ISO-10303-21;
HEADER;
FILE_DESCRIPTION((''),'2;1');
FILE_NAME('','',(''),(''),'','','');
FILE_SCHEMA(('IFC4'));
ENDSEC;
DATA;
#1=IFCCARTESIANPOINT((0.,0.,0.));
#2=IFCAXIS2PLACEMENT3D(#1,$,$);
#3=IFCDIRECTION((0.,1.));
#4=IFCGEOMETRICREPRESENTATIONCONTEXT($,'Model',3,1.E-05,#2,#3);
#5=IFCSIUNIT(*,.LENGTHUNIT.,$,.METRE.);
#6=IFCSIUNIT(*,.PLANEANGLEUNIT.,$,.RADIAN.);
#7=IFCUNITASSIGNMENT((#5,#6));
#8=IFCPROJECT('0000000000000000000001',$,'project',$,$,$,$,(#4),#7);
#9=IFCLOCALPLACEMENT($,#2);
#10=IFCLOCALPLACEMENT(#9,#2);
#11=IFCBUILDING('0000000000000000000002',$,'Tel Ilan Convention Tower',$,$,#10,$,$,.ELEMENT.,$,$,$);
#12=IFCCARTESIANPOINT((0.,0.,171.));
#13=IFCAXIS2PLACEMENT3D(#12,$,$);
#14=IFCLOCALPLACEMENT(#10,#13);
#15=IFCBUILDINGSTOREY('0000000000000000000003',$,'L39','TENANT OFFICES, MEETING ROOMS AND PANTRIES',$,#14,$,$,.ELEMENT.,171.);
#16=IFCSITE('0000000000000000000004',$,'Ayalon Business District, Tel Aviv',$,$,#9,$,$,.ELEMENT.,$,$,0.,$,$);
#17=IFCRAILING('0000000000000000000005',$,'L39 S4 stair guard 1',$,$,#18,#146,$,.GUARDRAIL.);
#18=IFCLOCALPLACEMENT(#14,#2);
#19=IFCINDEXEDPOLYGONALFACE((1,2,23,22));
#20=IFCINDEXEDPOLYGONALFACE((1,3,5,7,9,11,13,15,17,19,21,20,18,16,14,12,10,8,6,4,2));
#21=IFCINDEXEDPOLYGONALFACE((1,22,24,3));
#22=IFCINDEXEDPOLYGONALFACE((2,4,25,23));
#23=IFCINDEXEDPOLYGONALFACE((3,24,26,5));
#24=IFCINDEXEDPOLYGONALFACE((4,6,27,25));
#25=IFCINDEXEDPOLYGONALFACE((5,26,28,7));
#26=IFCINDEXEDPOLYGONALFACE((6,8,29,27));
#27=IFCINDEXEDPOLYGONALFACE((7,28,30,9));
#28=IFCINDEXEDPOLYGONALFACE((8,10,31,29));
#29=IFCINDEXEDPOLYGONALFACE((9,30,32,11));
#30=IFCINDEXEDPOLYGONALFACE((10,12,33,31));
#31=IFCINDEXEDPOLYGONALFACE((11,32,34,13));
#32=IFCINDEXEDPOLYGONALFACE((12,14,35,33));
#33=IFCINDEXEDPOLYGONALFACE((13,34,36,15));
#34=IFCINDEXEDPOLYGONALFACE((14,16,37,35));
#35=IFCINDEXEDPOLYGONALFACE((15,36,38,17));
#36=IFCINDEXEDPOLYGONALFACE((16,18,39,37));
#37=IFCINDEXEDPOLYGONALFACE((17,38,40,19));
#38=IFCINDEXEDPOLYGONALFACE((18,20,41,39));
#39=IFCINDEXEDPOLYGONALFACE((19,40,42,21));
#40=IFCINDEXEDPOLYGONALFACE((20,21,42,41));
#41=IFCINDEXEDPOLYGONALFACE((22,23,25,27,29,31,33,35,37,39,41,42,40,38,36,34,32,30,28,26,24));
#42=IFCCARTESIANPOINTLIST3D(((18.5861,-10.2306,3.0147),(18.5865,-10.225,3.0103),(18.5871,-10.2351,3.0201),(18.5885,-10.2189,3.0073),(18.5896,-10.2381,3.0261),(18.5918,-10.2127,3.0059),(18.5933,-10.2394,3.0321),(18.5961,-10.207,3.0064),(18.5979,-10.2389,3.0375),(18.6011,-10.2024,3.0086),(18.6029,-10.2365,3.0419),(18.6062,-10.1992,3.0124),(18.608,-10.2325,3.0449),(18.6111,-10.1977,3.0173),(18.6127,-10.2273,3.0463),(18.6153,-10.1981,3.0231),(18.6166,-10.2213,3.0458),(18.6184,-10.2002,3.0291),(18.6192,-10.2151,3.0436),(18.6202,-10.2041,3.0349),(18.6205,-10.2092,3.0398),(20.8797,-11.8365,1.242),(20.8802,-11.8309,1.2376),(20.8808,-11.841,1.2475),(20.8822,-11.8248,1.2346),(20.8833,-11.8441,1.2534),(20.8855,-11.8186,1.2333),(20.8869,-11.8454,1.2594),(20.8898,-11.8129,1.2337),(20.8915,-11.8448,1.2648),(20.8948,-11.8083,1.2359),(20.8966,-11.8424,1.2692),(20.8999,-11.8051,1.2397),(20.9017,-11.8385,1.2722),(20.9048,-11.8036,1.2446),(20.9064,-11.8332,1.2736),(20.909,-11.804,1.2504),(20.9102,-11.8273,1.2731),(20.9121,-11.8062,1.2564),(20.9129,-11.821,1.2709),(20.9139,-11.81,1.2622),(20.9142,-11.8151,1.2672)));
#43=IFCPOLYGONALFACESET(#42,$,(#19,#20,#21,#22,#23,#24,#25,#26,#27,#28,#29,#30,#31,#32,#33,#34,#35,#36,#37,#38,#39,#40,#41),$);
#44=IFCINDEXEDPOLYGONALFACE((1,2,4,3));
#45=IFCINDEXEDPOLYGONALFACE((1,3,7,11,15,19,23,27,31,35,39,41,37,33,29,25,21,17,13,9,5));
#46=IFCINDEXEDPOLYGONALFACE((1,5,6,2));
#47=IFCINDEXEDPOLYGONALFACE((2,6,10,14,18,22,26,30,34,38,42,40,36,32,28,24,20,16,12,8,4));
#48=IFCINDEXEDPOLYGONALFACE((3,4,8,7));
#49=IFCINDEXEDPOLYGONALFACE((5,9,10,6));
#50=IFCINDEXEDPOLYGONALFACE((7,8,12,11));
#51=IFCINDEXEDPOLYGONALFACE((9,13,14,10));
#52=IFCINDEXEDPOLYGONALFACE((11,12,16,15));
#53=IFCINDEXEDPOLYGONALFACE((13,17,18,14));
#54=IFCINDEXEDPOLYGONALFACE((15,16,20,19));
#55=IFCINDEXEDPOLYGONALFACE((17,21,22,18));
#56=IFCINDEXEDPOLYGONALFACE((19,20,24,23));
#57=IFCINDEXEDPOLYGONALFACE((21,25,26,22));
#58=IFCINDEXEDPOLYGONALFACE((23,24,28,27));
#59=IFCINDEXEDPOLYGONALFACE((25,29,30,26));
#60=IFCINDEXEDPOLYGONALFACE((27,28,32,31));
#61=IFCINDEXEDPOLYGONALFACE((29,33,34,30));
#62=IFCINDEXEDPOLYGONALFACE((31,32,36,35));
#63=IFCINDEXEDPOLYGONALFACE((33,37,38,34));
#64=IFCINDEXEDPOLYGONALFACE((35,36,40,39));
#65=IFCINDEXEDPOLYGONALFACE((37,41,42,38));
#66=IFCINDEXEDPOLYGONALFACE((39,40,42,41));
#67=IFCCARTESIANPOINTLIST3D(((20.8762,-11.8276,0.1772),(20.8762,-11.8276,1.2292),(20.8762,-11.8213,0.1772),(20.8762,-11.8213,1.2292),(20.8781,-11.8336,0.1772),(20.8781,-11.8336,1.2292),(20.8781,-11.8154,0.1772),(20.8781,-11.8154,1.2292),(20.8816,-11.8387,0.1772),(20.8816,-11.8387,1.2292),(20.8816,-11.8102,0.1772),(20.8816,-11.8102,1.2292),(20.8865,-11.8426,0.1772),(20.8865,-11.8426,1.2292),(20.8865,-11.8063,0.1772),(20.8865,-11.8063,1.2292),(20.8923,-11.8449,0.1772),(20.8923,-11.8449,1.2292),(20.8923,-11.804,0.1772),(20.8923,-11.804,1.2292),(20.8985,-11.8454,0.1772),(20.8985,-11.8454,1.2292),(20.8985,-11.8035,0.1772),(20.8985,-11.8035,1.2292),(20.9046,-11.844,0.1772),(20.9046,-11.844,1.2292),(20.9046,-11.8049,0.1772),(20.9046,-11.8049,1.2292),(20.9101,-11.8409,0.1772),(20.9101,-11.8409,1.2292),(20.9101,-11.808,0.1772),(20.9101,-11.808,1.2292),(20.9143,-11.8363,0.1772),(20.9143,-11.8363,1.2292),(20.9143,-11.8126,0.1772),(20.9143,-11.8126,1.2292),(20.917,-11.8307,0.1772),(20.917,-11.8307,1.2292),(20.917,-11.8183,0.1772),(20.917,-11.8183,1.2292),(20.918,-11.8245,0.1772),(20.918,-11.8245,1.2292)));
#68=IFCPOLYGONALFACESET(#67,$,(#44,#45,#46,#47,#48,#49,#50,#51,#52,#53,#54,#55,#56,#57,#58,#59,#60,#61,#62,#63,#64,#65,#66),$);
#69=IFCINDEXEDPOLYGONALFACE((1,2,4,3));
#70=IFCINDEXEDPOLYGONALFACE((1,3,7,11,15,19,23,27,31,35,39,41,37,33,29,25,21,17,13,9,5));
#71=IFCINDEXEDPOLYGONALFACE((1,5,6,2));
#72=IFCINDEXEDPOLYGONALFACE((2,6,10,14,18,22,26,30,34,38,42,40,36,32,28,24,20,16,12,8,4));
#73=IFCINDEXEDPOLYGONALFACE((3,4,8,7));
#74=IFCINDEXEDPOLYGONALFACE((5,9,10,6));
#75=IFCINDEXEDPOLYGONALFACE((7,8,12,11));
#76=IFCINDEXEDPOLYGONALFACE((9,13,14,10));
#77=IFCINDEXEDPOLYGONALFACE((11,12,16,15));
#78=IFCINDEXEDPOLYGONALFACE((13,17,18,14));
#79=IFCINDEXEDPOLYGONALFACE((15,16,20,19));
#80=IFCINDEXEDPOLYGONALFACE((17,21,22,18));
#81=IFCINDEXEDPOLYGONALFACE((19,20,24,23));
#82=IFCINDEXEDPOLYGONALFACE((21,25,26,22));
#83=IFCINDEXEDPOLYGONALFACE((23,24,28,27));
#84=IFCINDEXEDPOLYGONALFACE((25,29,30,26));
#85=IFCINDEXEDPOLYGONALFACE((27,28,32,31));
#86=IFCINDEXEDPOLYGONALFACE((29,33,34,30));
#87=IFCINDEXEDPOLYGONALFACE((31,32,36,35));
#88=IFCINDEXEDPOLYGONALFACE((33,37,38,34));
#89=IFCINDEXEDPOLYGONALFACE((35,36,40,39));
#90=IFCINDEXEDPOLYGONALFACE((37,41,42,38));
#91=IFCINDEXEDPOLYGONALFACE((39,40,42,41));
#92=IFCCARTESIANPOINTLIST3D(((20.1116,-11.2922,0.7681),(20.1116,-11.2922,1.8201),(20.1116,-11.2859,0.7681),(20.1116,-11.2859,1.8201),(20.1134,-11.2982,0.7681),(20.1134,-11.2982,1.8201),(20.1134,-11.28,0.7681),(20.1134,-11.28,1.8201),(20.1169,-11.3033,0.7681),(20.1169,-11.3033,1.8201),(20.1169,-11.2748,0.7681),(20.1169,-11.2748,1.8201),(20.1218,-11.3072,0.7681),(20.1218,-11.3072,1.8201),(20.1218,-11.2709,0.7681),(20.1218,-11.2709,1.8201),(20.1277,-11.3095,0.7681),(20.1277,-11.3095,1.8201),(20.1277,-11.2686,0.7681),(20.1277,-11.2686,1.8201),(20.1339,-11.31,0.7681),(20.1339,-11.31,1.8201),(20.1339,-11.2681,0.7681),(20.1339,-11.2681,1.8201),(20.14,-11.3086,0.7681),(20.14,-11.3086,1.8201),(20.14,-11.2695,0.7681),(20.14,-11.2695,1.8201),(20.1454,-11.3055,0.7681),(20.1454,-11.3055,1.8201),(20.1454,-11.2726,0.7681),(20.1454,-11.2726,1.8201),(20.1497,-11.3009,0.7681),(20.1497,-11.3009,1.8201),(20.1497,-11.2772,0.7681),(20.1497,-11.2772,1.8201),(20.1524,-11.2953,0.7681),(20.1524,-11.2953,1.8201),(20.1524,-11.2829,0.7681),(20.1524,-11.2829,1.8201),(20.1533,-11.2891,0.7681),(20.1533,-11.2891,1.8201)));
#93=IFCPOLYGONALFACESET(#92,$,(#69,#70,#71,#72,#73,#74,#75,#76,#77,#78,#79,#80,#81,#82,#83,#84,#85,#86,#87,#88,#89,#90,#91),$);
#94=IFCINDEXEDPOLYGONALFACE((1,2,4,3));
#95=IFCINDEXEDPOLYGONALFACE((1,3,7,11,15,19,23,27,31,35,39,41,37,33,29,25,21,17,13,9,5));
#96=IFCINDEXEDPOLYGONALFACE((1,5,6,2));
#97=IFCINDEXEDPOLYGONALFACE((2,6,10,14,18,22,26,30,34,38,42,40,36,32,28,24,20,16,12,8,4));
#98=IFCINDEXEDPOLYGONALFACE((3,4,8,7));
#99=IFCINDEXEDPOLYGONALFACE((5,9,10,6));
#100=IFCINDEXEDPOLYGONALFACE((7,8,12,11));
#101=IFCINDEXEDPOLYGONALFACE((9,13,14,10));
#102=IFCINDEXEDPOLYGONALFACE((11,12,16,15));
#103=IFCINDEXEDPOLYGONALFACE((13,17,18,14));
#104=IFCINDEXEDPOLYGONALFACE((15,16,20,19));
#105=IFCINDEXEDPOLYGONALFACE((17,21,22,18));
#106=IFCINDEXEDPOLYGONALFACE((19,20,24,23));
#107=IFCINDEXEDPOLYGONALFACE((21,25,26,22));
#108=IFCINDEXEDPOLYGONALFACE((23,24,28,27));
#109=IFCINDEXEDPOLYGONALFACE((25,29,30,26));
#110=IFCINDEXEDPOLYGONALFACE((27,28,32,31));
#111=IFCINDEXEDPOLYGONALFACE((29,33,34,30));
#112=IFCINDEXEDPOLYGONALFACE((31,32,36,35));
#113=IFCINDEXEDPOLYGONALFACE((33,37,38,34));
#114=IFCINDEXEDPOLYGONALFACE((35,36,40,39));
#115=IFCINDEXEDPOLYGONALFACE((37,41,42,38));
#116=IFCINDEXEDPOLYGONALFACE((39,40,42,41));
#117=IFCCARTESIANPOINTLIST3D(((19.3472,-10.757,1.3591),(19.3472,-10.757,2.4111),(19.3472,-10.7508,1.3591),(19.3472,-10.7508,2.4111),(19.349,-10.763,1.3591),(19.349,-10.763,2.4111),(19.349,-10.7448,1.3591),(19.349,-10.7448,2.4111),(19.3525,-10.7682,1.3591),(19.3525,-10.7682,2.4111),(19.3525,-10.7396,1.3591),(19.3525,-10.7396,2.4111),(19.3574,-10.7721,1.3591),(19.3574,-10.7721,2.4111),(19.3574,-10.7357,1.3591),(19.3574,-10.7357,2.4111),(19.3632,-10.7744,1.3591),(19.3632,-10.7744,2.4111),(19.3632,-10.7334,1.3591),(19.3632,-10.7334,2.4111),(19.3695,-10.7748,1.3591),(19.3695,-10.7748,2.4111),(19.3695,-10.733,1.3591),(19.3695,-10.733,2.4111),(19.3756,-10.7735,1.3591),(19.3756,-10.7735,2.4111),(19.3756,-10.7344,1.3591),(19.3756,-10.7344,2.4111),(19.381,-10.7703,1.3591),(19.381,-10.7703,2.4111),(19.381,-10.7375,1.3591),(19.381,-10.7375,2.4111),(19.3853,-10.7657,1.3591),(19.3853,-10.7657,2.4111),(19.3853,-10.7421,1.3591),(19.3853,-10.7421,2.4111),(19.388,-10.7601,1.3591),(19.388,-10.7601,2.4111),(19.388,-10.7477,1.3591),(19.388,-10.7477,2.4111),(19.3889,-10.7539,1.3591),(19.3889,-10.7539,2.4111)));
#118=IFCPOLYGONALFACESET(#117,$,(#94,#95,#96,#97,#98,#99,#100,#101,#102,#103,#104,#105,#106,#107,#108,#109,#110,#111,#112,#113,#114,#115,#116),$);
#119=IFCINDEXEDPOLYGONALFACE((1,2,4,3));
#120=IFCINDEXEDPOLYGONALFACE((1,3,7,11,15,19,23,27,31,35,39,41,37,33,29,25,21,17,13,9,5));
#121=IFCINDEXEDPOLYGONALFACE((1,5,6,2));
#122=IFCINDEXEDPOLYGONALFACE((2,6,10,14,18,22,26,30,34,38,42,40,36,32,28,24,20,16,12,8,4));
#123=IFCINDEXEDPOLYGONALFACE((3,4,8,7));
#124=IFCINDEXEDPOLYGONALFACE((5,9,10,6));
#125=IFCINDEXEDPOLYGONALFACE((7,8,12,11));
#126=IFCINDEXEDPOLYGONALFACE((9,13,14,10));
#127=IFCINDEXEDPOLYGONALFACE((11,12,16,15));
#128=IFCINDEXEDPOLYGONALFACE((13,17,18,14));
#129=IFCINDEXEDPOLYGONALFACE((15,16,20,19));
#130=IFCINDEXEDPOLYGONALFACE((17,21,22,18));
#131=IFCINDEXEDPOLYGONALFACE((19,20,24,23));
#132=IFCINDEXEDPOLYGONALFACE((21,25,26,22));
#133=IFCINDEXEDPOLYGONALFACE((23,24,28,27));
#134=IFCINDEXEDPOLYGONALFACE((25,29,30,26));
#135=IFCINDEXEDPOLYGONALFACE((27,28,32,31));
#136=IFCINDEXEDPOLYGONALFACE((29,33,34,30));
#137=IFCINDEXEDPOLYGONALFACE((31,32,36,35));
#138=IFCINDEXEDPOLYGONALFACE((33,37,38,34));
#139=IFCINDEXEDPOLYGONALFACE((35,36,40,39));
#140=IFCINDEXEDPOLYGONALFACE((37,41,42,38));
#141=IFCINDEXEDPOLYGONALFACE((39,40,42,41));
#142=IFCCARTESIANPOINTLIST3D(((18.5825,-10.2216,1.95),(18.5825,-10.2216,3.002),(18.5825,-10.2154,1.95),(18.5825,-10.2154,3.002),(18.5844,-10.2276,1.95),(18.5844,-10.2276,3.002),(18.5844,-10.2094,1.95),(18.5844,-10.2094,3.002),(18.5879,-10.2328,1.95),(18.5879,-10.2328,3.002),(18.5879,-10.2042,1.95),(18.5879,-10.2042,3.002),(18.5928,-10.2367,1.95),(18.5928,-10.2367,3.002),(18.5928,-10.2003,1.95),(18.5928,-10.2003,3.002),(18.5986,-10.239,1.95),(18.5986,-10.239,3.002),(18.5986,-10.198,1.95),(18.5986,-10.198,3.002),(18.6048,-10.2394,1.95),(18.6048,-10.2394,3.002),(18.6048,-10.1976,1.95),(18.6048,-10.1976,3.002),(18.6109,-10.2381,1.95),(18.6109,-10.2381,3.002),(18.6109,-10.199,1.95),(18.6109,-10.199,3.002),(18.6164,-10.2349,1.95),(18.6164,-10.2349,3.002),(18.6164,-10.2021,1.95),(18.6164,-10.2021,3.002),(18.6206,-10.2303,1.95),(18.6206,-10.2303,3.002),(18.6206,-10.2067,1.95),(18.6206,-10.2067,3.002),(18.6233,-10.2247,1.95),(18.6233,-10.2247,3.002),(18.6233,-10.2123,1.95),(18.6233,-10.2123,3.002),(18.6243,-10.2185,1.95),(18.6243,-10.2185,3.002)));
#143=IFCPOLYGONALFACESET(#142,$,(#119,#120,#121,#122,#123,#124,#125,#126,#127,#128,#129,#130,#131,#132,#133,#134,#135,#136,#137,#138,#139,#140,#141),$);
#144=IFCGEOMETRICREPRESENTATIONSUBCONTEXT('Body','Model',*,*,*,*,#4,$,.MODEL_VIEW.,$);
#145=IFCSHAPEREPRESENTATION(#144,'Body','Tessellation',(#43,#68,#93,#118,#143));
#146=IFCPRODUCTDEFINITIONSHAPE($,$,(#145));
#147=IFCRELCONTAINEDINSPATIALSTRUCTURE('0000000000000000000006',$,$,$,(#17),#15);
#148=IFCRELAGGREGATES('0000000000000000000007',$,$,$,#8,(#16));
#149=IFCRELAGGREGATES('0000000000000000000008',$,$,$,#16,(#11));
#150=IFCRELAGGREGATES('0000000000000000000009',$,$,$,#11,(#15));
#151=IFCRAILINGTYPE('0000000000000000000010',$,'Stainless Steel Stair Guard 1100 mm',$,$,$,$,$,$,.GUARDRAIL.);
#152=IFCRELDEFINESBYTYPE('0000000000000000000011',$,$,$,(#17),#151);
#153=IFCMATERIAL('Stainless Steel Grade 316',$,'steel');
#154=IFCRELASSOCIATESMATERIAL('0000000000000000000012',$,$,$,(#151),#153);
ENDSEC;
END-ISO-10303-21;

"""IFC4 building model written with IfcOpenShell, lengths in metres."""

from ifc_helpers import new_model, si_unit, direction, frame, origin, origin_2d, place, context, subcontext, project, spatial, circle, extrude, material, type_object, element, save


model = new_model("IFC4")

# Units and contexts
model_context = context("Model", 3, precision=1e-05, world=origin(), true_north=direction((0.0, 1.0)))
body_context = subcontext(model_context, "Body", "Model", "MODEL_VIEW")
ifc_project = project(units=[si_unit("LENGTHUNIT", "METRE"), si_unit("PLANEANGLEUNIT", "RADIAN")], contexts=[model_context])

# Site, building, storey
site_placement = place(None, origin())
site = spatial("IfcSite", under=ifc_project, at=site_placement, Name="Ayalon Business District, Tel Aviv", CompositionType="ELEMENT", RefElevation=0.0)
building_placement = place(site_placement, origin())
building = spatial("IfcBuilding", under=site, at=building_placement, Name="Tel Ilan Convention Tower", CompositionType="ELEMENT")
storey_placement = place(building_placement, frame((0.0, 0.0, 171.0)))
storey = spatial("IfcBuildingStorey", under=building, at=storey_placement, Name="L39", Description="TENANT OFFICES, MEETING ROOMS AND PANTRIES", CompositionType="ELEMENT", Elevation=171.0)

# Railing
ifc_material_1 = material(Name="Stainless Steel Grade 316", Category="steel")
railing_type_1 = type_object("IfcRailingType", Name="Stainless Steel Stair Guard 1100 mm", PredefinedType="GUARDRAIL", material=ifc_material_1)
railing_1_placement = place(storey_placement, frame((20.897, -11.8245, 0.1772)))
element("IfcRailing", 1, at=railing_1_placement, inside=storey, type_object=railing_type_1, Name="L39 S4 stair guard 1", PredefinedType="GUARDRAIL", context=body_context, shape_type="SweptSolid", body=[
    extrude(circle(Radius=0.0239, at=origin_2d()), frame((0.0, 0.0, 1.0762), z_axis=(-0.692123, 0.484597, 0.534913), x_axis=(-0.57355, -0.81917, 0.0)), (0.0, 0.0, 1.0), 3.314),
    extrude(circle(Radius=0.021, at=origin_2d()), origin(), (0.0, 0.0, 1.0), 1.052),
    extrude(circle(Radius=0.021, at=origin_2d()), frame((-0.7646, 0.5354, 0.5908)), (0.0, 0.0, 1.0), 1.052),
    extrude(circle(Radius=0.021, at=origin_2d()), frame((-1.5291, 1.0706, 1.1819)), (0.0, 0.0, 1.0), 1.052),
    extrude(circle(Radius=0.021, at=origin_2d()), frame((-2.2937, 1.606, 1.7727)), (0.0, 0.0, 1.0), 1.052),
])

save(model, "model.ifc")
